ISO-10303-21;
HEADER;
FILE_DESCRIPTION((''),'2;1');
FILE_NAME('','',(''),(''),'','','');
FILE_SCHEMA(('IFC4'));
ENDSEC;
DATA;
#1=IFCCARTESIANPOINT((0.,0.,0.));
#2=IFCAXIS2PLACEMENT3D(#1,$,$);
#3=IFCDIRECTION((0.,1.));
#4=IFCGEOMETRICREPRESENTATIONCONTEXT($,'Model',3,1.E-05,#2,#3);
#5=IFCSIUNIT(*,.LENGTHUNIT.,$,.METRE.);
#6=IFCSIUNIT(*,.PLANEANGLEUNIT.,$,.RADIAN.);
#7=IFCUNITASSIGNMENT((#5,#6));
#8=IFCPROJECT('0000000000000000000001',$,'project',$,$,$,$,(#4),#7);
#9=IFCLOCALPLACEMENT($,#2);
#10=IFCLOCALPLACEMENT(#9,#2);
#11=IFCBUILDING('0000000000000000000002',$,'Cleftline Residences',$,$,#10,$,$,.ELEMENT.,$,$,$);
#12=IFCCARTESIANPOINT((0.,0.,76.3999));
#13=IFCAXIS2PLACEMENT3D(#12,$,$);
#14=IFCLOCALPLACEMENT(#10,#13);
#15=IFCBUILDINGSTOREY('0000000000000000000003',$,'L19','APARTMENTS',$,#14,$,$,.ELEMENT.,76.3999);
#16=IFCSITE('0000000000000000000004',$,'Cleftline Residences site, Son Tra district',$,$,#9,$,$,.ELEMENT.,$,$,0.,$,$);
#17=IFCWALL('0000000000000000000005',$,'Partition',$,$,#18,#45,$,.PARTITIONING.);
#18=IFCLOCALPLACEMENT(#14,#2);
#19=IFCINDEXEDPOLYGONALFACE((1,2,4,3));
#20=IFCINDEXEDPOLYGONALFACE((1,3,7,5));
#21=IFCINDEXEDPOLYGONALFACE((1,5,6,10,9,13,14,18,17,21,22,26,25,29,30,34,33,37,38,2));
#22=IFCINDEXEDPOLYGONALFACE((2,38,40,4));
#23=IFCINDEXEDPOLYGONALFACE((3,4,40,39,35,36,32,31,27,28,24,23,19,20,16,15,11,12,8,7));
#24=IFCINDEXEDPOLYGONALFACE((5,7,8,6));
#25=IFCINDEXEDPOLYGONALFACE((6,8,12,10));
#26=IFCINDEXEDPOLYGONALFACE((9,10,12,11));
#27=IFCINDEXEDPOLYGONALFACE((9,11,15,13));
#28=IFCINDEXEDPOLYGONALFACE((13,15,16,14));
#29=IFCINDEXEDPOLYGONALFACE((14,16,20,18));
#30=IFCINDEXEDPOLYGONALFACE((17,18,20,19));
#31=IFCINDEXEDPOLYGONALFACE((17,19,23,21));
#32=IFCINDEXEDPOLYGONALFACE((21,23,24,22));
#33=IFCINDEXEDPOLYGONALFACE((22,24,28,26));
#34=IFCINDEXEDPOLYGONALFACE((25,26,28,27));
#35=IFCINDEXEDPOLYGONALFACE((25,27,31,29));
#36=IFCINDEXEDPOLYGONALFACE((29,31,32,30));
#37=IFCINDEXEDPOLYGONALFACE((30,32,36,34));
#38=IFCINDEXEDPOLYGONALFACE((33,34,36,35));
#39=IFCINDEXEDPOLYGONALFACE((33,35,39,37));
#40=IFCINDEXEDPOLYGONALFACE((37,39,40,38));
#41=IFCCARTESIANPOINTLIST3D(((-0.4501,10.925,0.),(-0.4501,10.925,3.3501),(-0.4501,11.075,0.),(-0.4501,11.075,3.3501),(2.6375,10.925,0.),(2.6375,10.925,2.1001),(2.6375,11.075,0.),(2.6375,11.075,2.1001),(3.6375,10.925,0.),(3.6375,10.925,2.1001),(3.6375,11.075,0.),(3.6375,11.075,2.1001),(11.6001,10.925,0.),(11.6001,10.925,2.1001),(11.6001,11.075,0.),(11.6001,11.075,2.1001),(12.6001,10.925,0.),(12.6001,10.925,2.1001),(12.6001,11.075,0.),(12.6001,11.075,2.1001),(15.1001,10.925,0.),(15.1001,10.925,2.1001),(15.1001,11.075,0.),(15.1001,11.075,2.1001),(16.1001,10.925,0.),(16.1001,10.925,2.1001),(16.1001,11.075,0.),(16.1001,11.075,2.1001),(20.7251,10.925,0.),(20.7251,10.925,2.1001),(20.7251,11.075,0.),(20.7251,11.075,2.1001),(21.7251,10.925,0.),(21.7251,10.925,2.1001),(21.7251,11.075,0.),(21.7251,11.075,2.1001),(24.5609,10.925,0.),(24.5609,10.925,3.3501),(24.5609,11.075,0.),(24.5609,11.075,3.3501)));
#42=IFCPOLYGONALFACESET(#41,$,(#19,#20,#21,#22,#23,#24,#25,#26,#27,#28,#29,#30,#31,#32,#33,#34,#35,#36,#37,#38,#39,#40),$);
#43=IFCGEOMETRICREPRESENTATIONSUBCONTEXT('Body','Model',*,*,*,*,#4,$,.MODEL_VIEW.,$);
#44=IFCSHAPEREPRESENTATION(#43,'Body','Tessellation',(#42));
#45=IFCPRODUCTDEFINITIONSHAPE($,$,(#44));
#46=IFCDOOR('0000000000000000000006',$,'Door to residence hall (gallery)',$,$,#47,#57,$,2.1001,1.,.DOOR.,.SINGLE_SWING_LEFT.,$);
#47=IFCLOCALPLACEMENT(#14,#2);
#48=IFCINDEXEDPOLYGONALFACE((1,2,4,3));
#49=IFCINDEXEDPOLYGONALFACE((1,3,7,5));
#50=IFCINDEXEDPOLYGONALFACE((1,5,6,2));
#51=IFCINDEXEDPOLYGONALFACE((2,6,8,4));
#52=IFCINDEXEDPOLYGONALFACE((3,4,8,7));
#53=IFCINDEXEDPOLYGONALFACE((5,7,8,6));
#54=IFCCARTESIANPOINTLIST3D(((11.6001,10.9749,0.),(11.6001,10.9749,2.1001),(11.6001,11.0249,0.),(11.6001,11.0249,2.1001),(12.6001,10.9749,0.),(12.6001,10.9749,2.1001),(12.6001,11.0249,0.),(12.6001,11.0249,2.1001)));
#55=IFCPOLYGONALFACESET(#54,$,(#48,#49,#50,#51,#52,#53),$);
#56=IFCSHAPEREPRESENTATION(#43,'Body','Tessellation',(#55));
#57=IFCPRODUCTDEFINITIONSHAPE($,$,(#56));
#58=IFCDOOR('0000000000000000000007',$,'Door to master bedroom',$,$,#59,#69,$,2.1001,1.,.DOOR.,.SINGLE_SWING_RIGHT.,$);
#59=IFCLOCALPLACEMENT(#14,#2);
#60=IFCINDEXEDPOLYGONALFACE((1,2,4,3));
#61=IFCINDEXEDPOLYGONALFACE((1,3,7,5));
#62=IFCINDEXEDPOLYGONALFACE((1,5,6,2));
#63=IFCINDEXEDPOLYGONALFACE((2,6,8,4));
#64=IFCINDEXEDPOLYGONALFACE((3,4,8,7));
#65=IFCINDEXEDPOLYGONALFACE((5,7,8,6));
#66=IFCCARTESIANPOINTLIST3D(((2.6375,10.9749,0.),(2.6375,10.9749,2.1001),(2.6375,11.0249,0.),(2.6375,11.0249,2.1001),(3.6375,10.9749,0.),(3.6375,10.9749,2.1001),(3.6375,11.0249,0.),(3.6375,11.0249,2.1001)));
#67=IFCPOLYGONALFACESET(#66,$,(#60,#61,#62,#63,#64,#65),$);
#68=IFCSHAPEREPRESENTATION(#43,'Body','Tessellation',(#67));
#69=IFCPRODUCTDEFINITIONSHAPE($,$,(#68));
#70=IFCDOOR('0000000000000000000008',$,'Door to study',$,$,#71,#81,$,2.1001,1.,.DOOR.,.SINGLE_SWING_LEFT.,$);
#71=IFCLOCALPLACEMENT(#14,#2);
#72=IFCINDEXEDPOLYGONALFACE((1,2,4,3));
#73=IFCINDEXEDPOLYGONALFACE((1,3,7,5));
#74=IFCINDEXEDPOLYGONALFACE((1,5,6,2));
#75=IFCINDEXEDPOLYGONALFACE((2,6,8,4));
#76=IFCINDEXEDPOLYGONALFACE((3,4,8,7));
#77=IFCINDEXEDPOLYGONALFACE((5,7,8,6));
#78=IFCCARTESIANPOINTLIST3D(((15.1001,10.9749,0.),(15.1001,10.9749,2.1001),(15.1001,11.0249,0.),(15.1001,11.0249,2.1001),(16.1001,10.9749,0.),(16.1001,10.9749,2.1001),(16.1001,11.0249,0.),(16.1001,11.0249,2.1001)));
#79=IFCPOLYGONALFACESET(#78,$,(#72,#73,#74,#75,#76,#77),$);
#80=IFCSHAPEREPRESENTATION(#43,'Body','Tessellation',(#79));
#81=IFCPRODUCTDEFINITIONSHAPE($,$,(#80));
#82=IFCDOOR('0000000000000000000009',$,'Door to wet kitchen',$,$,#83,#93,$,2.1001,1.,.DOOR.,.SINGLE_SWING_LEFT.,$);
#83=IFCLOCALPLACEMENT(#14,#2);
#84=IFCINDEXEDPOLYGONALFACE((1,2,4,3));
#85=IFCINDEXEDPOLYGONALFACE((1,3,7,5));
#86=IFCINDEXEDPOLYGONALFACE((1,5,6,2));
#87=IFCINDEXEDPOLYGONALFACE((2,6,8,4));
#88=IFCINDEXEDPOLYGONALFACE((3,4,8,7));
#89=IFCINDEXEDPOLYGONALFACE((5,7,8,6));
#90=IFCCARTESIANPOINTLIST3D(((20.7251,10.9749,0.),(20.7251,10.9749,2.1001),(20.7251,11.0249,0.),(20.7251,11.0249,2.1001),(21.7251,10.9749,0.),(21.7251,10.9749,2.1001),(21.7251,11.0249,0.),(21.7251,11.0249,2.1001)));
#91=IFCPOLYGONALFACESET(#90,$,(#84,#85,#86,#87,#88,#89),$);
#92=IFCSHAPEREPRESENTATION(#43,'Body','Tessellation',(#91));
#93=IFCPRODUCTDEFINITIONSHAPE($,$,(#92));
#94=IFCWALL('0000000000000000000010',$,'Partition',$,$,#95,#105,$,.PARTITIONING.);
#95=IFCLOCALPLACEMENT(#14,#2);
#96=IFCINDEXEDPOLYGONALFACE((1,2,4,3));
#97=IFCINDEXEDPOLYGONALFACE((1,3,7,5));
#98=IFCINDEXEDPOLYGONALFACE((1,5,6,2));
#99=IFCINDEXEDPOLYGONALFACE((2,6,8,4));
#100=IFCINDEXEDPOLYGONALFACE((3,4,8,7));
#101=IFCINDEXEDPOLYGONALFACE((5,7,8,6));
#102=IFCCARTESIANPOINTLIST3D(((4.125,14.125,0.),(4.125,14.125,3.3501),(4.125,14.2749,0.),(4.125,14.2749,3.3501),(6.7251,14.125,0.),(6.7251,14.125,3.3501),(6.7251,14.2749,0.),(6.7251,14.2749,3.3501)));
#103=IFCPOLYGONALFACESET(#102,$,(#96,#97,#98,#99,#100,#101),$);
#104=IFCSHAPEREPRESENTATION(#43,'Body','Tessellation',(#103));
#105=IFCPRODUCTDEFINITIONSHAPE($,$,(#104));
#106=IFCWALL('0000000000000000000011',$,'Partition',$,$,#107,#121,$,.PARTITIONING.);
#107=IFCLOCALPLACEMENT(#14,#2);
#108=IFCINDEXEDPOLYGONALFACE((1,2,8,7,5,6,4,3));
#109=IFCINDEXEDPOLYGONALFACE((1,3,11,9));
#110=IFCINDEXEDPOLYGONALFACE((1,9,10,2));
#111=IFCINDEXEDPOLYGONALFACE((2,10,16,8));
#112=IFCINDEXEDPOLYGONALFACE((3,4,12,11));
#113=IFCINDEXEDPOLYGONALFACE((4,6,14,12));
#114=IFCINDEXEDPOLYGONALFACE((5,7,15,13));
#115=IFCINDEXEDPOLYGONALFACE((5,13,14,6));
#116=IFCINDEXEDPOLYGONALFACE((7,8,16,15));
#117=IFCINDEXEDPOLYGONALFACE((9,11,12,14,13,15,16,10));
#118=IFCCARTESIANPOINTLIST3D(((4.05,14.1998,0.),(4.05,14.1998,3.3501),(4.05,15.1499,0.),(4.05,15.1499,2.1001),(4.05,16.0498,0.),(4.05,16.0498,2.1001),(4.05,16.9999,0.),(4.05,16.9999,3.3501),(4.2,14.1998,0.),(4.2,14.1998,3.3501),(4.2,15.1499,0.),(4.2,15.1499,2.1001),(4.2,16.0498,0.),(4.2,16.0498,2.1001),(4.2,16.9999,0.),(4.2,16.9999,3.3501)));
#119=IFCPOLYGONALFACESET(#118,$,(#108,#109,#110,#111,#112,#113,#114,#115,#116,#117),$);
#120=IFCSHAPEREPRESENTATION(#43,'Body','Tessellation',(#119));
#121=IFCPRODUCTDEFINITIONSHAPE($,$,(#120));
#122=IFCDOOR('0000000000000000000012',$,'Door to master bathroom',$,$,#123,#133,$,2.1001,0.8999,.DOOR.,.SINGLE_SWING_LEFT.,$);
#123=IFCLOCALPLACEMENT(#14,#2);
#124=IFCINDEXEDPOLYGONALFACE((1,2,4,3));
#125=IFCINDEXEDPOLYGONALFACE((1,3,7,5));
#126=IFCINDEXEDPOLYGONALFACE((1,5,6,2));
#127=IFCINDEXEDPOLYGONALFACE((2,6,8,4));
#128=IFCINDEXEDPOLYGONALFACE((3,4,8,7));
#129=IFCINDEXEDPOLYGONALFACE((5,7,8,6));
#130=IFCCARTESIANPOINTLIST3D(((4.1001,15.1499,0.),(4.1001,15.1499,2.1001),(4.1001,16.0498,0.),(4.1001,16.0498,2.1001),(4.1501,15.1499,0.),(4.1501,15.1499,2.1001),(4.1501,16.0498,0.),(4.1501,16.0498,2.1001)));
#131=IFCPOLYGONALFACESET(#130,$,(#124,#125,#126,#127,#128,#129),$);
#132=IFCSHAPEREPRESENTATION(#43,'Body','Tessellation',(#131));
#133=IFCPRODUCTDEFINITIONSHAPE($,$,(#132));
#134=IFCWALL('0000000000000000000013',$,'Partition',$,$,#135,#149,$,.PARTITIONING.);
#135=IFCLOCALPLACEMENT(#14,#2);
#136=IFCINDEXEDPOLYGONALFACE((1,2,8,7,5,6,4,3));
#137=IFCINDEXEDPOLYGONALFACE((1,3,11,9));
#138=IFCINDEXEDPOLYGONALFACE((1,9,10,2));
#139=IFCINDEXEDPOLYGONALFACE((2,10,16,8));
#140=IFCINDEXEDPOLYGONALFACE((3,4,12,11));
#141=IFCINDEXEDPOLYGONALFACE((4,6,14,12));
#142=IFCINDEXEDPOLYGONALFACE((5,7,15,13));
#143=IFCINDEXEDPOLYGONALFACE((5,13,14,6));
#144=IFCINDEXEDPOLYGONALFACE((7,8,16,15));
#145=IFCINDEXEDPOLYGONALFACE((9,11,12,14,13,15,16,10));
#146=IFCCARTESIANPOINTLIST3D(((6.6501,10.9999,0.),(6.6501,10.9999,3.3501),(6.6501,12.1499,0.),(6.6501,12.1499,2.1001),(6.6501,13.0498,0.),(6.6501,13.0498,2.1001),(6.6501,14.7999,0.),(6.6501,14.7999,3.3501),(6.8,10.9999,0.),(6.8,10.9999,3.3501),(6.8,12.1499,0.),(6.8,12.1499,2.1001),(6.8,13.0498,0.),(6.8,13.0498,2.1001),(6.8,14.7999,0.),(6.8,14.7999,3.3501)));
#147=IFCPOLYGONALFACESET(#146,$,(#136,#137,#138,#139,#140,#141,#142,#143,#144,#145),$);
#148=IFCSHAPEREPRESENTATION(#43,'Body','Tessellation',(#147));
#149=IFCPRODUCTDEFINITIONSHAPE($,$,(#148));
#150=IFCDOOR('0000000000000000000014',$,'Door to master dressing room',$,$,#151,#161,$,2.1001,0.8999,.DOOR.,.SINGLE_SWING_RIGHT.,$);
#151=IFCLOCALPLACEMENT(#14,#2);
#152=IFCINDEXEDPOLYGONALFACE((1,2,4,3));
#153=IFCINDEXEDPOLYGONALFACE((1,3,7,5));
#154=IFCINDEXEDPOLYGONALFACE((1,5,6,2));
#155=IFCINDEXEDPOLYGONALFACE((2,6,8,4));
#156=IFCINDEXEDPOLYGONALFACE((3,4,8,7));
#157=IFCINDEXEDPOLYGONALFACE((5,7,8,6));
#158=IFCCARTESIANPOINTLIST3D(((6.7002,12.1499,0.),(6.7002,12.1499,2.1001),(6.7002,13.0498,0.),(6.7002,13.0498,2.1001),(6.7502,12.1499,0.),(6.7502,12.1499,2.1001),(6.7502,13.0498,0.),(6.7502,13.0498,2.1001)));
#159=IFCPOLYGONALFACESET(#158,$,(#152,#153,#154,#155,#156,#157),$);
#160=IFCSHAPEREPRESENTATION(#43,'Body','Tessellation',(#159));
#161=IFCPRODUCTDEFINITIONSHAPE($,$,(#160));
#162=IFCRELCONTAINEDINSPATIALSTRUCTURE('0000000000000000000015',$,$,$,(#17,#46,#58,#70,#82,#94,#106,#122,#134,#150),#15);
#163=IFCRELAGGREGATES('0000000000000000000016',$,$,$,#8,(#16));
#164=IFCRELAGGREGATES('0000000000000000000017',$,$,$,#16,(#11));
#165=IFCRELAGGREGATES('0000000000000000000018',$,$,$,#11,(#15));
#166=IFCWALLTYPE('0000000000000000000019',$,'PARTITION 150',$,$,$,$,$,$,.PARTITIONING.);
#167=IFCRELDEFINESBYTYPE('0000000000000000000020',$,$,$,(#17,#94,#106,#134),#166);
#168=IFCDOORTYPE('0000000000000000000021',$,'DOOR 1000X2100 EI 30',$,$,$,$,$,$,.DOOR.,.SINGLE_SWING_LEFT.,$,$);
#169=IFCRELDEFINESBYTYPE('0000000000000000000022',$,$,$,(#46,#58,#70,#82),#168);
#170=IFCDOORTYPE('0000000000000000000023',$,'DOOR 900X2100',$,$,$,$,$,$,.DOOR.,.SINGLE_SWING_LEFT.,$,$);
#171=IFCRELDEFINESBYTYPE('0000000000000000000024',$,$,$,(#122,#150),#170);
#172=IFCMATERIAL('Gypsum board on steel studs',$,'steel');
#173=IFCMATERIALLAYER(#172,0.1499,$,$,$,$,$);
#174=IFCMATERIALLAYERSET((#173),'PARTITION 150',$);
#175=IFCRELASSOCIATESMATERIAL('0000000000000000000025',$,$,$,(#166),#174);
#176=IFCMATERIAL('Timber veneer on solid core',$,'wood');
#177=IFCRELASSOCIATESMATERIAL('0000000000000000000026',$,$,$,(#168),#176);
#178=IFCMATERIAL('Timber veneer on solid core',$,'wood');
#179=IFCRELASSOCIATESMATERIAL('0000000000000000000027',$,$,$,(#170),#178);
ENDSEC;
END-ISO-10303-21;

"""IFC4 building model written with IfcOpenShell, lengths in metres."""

from ifc_helpers import new_model, si_unit, direction, frame, frame_2d, origin, place, context, subcontext, project, spatial, rectangle, extrude, material, layer, layer_set, type_object, element, fill, save


model = new_model("IFC4")

# Units and contexts
model_context = context("Model", 3, precision=1e-05, world=origin(), true_north=direction((0.0, 1.0)))
body_context = subcontext(model_context, "Body", "Model", "MODEL_VIEW")
ifc_project = project(units=[si_unit("LENGTHUNIT", "METRE"), si_unit("PLANEANGLEUNIT", "RADIAN")], contexts=[model_context])

# Site, building, storey
site_placement = place(None, origin())
site = spatial("IfcSite", under=ifc_project, at=site_placement, Name="Cleftline Residences site, Son Tra district", CompositionType="ELEMENT", RefElevation=0.0)
building_placement = place(site_placement, origin())
building = spatial("IfcBuilding", under=site, at=building_placement, Name="Cleftline Residences", CompositionType="ELEMENT")
storey_placement = place(building_placement, frame((0.0, 0.0, 76.3999)))
storey = spatial("IfcBuildingStorey", under=building, at=storey_placement, Name="L19", Description="APARTMENTS", CompositionType="ELEMENT", Elevation=76.3999)

# Shared definitions
ifc_material_1 = material(Name="Gypsum board on steel studs", Category="steel")
ifc_layer = layer(ifc_material_1, 0.1499)
ifc_layer_set = layer_set([ifc_layer], Name="PARTITION 150")
wall_type = type_object("IfcWallType", Name="PARTITION 150", PredefinedType="PARTITIONING", material=ifc_layer_set)

# Wall, openings, doors
wall_1_placement = place(storey_placement, frame((-0.45, 11.0, 0.0), z_axis=(0.0, 0.0, 1.0), x_axis=(1.0, 0.0, 0.0)))
wall_1 = element("IfcWall", 1, at=wall_1_placement, inside=storey, type_object=wall_type, Name="Partition", PredefinedType="PARTITIONING", context=body_context, shape_type="SweptSolid", body=[
    extrude(rectangle(XDim=25.011, YDim=0.1499, at=frame_2d((12.5054, 0.0))), origin(), (0.0, 0.0, 1.0), 3.3501),
])
opening_1_placement = place(wall_1_placement, frame((12.05, 0.0, 0.0)))
opening_1 = element("IfcOpeningElement", 2, at=opening_1_placement, cuts=wall_1, PredefinedType="OPENING", context=body_context, shape_type="SweptSolid", body=[
    extrude(rectangle(XDim=1.0, YDim=2.1001, at=frame_2d((0.5, 1.05))), frame((0.0, 0.085, 0.0), z_axis=(0.0, -1.0, 0.0), x_axis=(1.0, 0.0, 0.0)), (0.0, 0.0, 1.0), 0.1699),
])
opening_2_placement = place(wall_1_placement, frame((3.0874, 0.0, 0.0)))
opening_2 = element("IfcOpeningElement", 3, at=opening_2_placement, cuts=wall_1, PredefinedType="OPENING", context=body_context, shape_type="SweptSolid", body=[
    extrude(rectangle(XDim=1.0, YDim=2.1001, at=frame_2d((0.5, 1.05))), frame((0.0, 0.085, 0.0), z_axis=(0.0, -1.0, 0.0), x_axis=(1.0, 0.0, 0.0)), (0.0, 0.0, 1.0), 0.1699),
])
opening_3_placement = place(wall_1_placement, frame((15.55, 0.0, 0.0)))
opening_3 = element("IfcOpeningElement", 4, at=opening_3_placement, cuts=wall_1, PredefinedType="OPENING", context=body_context, shape_type="SweptSolid", body=[
    extrude(rectangle(XDim=1.0, YDim=2.1001, at=frame_2d((0.5, 1.05))), frame((0.0, 0.085, 0.0), z_axis=(0.0, -1.0, 0.0), x_axis=(1.0, 0.0, 0.0)), (0.0, 0.0, 1.0), 0.1699),
])
opening_4_placement = place(wall_1_placement, frame((21.175, 0.0, 0.0)))
opening_4 = element("IfcOpeningElement", 5, at=opening_4_placement, cuts=wall_1, PredefinedType="OPENING", context=body_context, shape_type="SweptSolid", body=[
    extrude(rectangle(XDim=1.0, YDim=2.1001, at=frame_2d((0.5, 1.05))), frame((0.0, 0.085, 0.0), z_axis=(0.0, -1.0, 0.0), x_axis=(1.0, 0.0, 0.0)), (0.0, 0.0, 1.0), 0.1699),
])
ifc_material_2 = material(Name="Timber veneer on solid core", Category="wood")
door_type_1 = type_object("IfcDoorType", Name="DOOR 1000X2100 EI 30", OperationType="SINGLE_SWING_LEFT", PredefinedType="DOOR", material=ifc_material_2)
door_1_placement = place(opening_1_placement, origin())
door_1 = element("IfcDoor", 6, at=door_1_placement, inside=storey, type_object=door_type_1, Name="Door to residence hall (gallery)", OperationType="SINGLE_SWING_LEFT", OverallHeight=2.1001, OverallWidth=1.0, PredefinedType="DOOR", context=body_context, shape_type="SweptSolid", body=[
    extrude(rectangle(XDim=1.0, YDim=2.1001, at=frame_2d((0.5, 1.05))), frame((0.0, 0.0249, 0.0), z_axis=(0.0, -1.0, 0.0), x_axis=(1.0, 0.0, 0.0)), (0.0, 0.0, 1.0), 0.05),
])
fill(opening_1, door_1)
door_2_placement = place(opening_2_placement, origin())
door_2 = element("IfcDoor", 7, at=door_2_placement, inside=storey, type_object=door_type_1, Name="Door to master bedroom", OperationType="SINGLE_SWING_RIGHT", OverallHeight=2.1001, OverallWidth=1.0, PredefinedType="DOOR", context=body_context, shape_type="SweptSolid", body=[
    extrude(rectangle(XDim=1.0, YDim=2.1001, at=frame_2d((0.5, 1.05))), frame((0.0, 0.0249, 0.0), z_axis=(0.0, -1.0, 0.0), x_axis=(1.0, 0.0, 0.0)), (0.0, 0.0, 1.0), 0.05),
])
fill(opening_2, door_2)
door_3_placement = place(opening_3_placement, origin())
door_3 = element("IfcDoor", 8, at=door_3_placement, inside=storey, type_object=door_type_1, Name="Door to study", OperationType="SINGLE_SWING_LEFT", OverallHeight=2.1001, OverallWidth=1.0, PredefinedType="DOOR", context=body_context, shape_type="SweptSolid", body=[
    extrude(rectangle(XDim=1.0, YDim=2.1001, at=frame_2d((0.5, 1.05))), frame((0.0, 0.0249, 0.0), z_axis=(0.0, -1.0, 0.0), x_axis=(1.0, 0.0, 0.0)), (0.0, 0.0, 1.0), 0.05),
])
fill(opening_3, door_3)
door_4_placement = place(opening_4_placement, origin())
door_4 = element("IfcDoor", 9, at=door_4_placement, inside=storey, type_object=door_type_1, Name="Door to wet kitchen", OperationType="SINGLE_SWING_LEFT", OverallHeight=2.1001, OverallWidth=1.0, PredefinedType="DOOR", context=body_context, shape_type="SweptSolid", body=[
    extrude(rectangle(XDim=1.0, YDim=2.1001, at=frame_2d((0.5, 1.05))), frame((0.0, 0.0249, 0.0), z_axis=(0.0, -1.0, 0.0), x_axis=(1.0, 0.0, 0.0)), (0.0, 0.0, 1.0), 0.05),
])
fill(opening_4, door_4)

# Wall
wall_2_placement = place(storey_placement, frame((4.125, 14.2, 0.0), z_axis=(0.0, 0.0, 1.0), x_axis=(1.0, 0.0, 0.0)))
element("IfcWall", 10, at=wall_2_placement, inside=storey, type_object=wall_type, Name="Partition", PredefinedType="PARTITIONING", context=body_context, shape_type="SweptSolid", body=[
    extrude(rectangle(XDim=2.6001, YDim=0.1499, at=frame_2d((1.3, 0.0))), origin(), (0.0, 0.0, 1.0), 3.3501),
])

# Walls, openings, doors
wall_3_placement = place(storey_placement, frame((4.125, 14.2, 0.0), z_axis=(0.0, 0.0, 1.0), x_axis=(0.0, 1.0, 0.0)))
wall_3 = element("IfcWall", 11, at=wall_3_placement, inside=storey, type_object=wall_type, Name="Partition", PredefinedType="PARTITIONING", context=body_context, shape_type="SweptSolid", body=[
    extrude(rectangle(XDim=2.8, YDim=0.1499, at=frame_2d((1.3999, 0.0))), origin(), (0.0, 0.0, 1.0), 3.3501),
])
opening_5_placement = place(wall_3_placement, frame((0.95, 0.0, 0.0)))
opening_5 = element("IfcOpeningElement", 12, at=opening_5_placement, cuts=wall_3, PredefinedType="OPENING", context=body_context, shape_type="SweptSolid", body=[
    extrude(rectangle(XDim=0.8999, YDim=2.1001, at=frame_2d((0.45, 1.05))), frame((0.0, 0.085, 0.0), z_axis=(0.0, -1.0, 0.0), x_axis=(1.0, 0.0, 0.0)), (0.0, 0.0, 1.0), 0.1699),
])
ifc_material_3 = material(Name="Timber veneer on solid core", Category="wood")
door_type_2 = type_object("IfcDoorType", Name="DOOR 900X2100", OperationType="SINGLE_SWING_LEFT", PredefinedType="DOOR", material=ifc_material_3)
door_5_placement = place(opening_5_placement, origin())
door_5 = element("IfcDoor", 13, at=door_5_placement, inside=storey, type_object=door_type_2, Name="Door to master bathroom", OperationType="SINGLE_SWING_LEFT", OverallHeight=2.1001, OverallWidth=0.8999, PredefinedType="DOOR", context=body_context, shape_type="SweptSolid", body=[
    extrude(rectangle(XDim=0.8999, YDim=2.1001, at=frame_2d((0.45, 1.05))), frame((0.0, 0.0249, 0.0), z_axis=(0.0, -1.0, 0.0), x_axis=(1.0, 0.0, 0.0)), (0.0, 0.0, 1.0), 0.05),
])
fill(opening_5, door_5)
wall_4_placement = place(storey_placement, frame((6.7251, 11.0, 0.0), z_axis=(0.0, 0.0, 1.0), x_axis=(0.0, 1.0, 0.0)))
wall_4 = element("IfcWall", 14, at=wall_4_placement, inside=storey, type_object=wall_type, Name="Partition", PredefinedType="PARTITIONING", context=body_context, shape_type="SweptSolid", body=[
    extrude(rectangle(XDim=3.8, YDim=0.1499, at=frame_2d((1.8999, 0.0))), origin(), (0.0, 0.0, 1.0), 3.3501),
])
opening_6_placement = place(wall_4_placement, frame((1.1499, 0.0, 0.0)))
opening_6 = element("IfcOpeningElement", 15, at=opening_6_placement, cuts=wall_4, PredefinedType="OPENING", context=body_context, shape_type="SweptSolid", body=[
    extrude(rectangle(XDim=0.8999, YDim=2.1001, at=frame_2d((0.45, 1.05))), frame((0.0, 0.085, 0.0), z_axis=(0.0, -1.0, 0.0), x_axis=(1.0, 0.0, 0.0)), (0.0, 0.0, 1.0), 0.1699),
])
door_6_placement = place(opening_6_placement, origin())
door_6 = element("IfcDoor", 16, at=door_6_placement, inside=storey, type_object=door_type_2, Name="Door to master dressing room", OperationType="SINGLE_SWING_RIGHT", OverallHeight=2.1001, OverallWidth=0.8999, PredefinedType="DOOR", context=body_context, shape_type="SweptSolid", body=[
    extrude(rectangle(XDim=0.8999, YDim=2.1001, at=frame_2d((0.45, 1.05))), frame((0.0, 0.0249, 0.0), z_axis=(0.0, -1.0, 0.0), x_axis=(1.0, 0.0, 0.0)), (0.0, 0.0, 1.0), 0.05),
])
fill(opening_6, door_6)

save(model, "model.ifc")
